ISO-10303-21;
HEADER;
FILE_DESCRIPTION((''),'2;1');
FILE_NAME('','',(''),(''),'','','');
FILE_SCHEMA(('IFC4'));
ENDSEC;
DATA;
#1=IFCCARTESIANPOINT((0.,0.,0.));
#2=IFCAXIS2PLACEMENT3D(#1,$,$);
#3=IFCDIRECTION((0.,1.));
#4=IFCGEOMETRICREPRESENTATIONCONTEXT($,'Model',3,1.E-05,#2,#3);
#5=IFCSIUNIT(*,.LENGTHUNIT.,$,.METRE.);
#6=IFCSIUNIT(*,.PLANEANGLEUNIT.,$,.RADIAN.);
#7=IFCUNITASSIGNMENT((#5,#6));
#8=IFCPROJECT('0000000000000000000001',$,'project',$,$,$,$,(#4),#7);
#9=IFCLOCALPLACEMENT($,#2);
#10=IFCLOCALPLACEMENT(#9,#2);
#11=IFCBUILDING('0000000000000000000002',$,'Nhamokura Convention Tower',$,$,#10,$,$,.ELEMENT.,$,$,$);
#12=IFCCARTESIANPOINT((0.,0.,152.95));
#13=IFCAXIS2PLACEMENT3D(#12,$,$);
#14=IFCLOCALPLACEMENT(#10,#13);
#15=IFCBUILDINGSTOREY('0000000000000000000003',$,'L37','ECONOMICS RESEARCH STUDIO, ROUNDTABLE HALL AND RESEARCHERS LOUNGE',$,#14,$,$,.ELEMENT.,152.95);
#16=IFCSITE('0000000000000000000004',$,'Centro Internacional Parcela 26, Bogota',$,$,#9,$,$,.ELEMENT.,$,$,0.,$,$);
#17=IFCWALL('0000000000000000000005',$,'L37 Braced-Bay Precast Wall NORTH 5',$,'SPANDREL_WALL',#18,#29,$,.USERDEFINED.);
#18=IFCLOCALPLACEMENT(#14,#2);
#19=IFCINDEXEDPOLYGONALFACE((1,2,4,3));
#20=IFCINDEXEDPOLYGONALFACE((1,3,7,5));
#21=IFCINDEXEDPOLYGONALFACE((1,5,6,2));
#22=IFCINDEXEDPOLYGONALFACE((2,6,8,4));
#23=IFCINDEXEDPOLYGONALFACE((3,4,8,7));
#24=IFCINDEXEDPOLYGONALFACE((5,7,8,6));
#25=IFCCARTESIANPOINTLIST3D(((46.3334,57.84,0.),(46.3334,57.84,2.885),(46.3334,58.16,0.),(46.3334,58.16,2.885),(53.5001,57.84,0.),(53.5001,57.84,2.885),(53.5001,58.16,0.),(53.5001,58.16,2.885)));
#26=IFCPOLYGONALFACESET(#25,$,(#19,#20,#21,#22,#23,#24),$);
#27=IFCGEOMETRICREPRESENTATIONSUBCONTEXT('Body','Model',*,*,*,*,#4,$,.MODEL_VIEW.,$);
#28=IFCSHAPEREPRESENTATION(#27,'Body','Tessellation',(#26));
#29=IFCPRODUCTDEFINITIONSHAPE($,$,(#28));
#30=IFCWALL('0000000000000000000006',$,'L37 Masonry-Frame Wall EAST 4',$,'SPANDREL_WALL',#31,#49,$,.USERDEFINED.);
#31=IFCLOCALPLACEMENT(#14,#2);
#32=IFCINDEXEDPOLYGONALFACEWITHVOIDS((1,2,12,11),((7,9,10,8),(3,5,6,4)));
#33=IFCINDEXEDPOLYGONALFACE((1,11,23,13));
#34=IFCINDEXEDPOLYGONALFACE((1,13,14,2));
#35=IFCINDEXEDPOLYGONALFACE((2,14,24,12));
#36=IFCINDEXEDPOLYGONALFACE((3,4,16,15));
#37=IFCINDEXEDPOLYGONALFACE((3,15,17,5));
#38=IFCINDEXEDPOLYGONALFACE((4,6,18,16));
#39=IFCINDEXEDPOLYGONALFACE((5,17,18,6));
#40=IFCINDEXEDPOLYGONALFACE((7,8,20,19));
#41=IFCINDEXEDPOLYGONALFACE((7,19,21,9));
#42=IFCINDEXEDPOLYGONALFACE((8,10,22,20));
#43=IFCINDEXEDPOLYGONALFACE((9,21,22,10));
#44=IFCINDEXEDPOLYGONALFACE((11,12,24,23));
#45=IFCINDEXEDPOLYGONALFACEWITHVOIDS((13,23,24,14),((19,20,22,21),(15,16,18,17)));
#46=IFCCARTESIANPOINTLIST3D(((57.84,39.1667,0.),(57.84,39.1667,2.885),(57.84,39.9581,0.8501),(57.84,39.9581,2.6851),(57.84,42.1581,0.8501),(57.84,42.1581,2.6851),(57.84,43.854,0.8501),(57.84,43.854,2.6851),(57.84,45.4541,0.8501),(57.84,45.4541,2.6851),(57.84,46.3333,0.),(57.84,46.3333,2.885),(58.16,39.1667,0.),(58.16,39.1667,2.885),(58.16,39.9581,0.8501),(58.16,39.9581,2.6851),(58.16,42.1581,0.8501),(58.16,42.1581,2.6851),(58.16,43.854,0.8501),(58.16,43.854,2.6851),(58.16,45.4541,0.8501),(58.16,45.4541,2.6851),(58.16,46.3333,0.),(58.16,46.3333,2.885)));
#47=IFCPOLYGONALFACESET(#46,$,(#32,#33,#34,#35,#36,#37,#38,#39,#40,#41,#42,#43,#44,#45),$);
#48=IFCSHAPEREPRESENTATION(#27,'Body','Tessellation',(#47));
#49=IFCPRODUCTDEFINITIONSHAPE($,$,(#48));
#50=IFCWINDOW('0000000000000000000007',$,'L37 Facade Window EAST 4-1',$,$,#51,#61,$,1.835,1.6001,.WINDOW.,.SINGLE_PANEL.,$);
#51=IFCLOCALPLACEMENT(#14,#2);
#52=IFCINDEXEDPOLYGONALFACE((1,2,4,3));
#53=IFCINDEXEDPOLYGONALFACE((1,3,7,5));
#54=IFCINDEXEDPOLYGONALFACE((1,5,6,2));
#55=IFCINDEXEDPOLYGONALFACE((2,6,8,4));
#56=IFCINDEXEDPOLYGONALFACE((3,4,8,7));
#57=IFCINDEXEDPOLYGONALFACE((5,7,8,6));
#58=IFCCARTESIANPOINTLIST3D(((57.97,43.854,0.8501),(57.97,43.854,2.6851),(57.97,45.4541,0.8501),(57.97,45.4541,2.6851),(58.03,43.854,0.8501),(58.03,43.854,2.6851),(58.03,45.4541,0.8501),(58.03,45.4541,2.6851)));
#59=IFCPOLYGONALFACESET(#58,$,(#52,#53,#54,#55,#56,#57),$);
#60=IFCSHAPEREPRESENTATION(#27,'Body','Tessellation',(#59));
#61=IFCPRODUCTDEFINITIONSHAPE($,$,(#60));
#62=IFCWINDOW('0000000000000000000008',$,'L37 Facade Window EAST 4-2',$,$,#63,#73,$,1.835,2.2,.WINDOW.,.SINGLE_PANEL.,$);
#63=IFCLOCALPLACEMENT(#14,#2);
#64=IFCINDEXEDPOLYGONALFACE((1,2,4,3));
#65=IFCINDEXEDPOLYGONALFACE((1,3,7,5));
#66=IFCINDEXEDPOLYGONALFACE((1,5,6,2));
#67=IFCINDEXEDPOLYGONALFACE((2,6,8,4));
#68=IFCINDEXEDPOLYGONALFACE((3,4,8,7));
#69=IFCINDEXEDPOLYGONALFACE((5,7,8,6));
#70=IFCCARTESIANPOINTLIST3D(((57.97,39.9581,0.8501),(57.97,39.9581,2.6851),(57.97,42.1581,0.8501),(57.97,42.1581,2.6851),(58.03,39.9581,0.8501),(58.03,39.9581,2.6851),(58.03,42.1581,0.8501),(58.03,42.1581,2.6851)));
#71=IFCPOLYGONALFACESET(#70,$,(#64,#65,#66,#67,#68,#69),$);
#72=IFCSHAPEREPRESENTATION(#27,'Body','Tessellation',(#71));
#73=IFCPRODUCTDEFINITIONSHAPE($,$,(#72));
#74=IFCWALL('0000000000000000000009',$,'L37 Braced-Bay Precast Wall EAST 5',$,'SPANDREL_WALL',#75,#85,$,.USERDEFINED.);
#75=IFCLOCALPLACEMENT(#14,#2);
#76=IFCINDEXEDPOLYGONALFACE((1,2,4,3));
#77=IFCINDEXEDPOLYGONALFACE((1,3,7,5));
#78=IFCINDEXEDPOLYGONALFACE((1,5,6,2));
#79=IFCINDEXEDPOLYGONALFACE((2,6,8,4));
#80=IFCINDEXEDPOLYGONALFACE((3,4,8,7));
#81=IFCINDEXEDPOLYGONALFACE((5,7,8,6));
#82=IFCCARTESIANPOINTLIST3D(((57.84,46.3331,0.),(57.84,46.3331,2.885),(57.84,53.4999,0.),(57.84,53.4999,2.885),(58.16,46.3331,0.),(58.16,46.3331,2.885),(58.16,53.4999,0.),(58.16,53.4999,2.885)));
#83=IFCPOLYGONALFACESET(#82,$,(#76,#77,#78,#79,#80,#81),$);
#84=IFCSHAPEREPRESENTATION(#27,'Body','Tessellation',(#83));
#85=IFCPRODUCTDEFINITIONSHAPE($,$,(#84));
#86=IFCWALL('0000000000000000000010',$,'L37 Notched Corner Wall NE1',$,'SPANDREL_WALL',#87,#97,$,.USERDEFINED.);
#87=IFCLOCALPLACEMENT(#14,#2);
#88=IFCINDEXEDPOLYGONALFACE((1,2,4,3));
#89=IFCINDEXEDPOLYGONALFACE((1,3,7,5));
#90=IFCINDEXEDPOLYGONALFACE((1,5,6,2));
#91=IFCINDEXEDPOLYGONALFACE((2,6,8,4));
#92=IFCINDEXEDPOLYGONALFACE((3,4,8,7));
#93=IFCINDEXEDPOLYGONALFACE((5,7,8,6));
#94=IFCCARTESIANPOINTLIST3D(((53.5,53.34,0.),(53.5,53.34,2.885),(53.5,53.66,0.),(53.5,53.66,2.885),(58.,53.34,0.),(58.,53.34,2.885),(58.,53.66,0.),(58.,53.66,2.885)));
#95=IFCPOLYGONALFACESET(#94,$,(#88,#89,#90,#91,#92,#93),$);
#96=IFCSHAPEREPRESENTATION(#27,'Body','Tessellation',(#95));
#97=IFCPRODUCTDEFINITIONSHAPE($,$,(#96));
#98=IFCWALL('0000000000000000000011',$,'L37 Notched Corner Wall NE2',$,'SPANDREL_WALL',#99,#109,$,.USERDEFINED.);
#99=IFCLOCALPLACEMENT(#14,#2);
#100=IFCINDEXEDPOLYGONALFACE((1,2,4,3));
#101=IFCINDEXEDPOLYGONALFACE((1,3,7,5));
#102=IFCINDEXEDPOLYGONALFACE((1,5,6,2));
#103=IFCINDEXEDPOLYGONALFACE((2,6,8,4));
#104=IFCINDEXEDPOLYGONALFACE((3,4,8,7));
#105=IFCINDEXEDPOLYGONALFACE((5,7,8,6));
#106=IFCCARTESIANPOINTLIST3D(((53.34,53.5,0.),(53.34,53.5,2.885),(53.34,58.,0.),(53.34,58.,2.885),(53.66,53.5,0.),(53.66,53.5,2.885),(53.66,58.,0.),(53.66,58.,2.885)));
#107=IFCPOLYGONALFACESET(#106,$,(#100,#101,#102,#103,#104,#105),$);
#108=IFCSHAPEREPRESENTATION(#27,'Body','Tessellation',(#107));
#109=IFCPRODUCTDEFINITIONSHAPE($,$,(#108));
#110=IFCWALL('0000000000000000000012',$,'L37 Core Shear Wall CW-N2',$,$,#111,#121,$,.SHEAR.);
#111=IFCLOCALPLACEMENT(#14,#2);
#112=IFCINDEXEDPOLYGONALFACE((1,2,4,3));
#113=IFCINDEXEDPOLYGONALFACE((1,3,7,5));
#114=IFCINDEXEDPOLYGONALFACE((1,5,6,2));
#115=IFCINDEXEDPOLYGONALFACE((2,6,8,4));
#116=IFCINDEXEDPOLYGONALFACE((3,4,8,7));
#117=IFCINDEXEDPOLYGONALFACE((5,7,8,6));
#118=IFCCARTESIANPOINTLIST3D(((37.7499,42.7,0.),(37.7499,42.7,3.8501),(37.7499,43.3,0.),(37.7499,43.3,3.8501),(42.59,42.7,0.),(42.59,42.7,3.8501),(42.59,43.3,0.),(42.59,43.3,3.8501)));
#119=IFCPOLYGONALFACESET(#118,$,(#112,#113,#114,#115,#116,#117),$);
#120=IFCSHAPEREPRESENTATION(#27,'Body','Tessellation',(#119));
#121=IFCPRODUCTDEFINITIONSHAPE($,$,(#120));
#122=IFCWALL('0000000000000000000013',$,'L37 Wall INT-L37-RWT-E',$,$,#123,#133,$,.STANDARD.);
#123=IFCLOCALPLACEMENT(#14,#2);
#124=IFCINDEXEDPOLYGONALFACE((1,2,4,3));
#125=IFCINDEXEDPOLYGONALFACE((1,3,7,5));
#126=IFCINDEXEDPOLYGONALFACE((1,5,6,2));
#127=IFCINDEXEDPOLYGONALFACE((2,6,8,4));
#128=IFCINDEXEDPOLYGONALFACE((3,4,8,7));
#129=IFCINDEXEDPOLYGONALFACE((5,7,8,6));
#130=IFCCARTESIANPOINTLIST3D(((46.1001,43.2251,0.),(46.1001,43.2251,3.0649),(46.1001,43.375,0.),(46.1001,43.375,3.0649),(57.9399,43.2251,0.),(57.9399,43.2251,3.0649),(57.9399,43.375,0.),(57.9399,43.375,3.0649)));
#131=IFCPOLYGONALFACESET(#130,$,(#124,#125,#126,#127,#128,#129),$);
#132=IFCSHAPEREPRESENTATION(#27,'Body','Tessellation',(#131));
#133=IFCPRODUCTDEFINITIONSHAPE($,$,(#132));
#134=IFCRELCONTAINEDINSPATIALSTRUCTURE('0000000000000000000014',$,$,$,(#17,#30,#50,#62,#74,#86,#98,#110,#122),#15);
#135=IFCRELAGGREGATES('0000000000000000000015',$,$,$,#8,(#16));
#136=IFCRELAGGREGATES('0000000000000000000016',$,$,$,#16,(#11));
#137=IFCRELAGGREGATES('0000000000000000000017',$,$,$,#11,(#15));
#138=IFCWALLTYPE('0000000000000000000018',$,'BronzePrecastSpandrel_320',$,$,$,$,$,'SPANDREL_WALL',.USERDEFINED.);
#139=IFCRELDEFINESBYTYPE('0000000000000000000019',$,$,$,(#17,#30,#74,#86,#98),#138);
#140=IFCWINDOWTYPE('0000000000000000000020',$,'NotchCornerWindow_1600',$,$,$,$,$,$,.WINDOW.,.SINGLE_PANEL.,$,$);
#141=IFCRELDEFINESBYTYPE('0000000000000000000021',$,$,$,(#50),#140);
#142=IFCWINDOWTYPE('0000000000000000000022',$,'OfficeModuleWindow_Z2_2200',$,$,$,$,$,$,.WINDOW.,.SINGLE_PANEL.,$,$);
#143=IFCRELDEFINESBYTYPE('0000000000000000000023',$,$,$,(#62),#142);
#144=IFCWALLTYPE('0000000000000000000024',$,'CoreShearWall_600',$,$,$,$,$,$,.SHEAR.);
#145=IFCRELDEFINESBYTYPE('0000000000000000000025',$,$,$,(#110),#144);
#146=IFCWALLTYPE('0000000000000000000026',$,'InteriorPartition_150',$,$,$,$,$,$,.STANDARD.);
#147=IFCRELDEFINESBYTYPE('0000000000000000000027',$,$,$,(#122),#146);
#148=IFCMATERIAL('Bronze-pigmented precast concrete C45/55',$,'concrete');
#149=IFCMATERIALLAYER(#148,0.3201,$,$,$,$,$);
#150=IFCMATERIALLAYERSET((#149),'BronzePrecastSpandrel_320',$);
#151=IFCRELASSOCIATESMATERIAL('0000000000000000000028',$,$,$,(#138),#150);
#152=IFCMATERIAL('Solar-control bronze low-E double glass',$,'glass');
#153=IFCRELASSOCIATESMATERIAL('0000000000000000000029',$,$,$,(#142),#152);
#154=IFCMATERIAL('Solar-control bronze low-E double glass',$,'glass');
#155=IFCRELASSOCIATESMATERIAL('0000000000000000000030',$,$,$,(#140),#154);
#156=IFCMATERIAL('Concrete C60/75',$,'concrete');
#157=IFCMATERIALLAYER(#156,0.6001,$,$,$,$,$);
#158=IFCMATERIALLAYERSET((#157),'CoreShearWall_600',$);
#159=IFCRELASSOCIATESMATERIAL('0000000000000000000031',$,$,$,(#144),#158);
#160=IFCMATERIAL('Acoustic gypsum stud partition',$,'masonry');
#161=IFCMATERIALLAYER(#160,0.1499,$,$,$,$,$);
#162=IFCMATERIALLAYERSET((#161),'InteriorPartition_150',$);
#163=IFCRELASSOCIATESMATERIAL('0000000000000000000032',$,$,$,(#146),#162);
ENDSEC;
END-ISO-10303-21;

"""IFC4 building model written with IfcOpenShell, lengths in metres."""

from ifc_helpers import new_model, si_unit, direction, frame, frame_2d, origin, place, context, subcontext, project, spatial, rectangle, extrude, material, layer, layer_set, type_object, element, fill, save


model = new_model("IFC4")

# Units and contexts
model_context = context("Model", 3, precision=1e-05, world=origin(), true_north=direction((0.0, 1.0)))
body_context = subcontext(model_context, "Body", "Model", "MODEL_VIEW")
ifc_project = project(units=[si_unit("LENGTHUNIT", "METRE"), si_unit("PLANEANGLEUNIT", "RADIAN")], contexts=[model_context])

# Site, building, storey
site_placement = place(None, origin())
site = spatial("IfcSite", under=ifc_project, at=site_placement, Name="Centro Internacional Parcela 26, Bogota", CompositionType="ELEMENT", RefElevation=0.0)
building_placement = place(site_placement, origin())
building = spatial("IfcBuilding", under=site, at=building_placement, Name="Nhamokura Convention Tower", CompositionType="ELEMENT")
storey_placement = place(building_placement, frame((0.0, 0.0, 152.95)))
storey = spatial("IfcBuildingStorey", under=building, at=storey_placement, Name="L37", Description="ECONOMICS RESEARCH STUDIO, ROUNDTABLE HALL AND RESEARCHERS LOUNGE", CompositionType="ELEMENT", Elevation=152.95)

# Shared definitions
ifc_material_1 = material(Name="Bronze-pigmented precast concrete C45/55", Category="concrete")
ifc_layer_1 = layer(ifc_material_1, 0.3201)
ifc_layer_set_1 = layer_set([ifc_layer_1], Name="BronzePrecastSpandrel_320")
wall_type_1 = type_object("IfcWallType", Name="BronzePrecastSpandrel_320", ElementType="SPANDREL_WALL", PredefinedType="USERDEFINED", material=ifc_layer_set_1)

# Shared definitions
ifc_material_2 = material(Name="Solar-control bronze low-E double glass", Category="glass")
window_type_1 = type_object("IfcWindowType", Name="OfficeModuleWindow_Z2_2200", PartitioningType="SINGLE_PANEL", PredefinedType="WINDOW", material=ifc_material_2)

# Wall
wall_1_placement = place(storey_placement, frame((46.3333, 58.0, 0.0), z_axis=(0.0, 0.0, 1.0), x_axis=(1.0, 0.0, 0.0)))
element("IfcWall", 1, at=wall_1_placement, inside=storey, type_object=wall_type_1, Name="L37 Braced-Bay Precast Wall NORTH 5", ObjectType="SPANDREL_WALL", PredefinedType="USERDEFINED", context=body_context, shape_type="SweptSolid", body=[
    extrude(rectangle(XDim=7.1667, YDim=0.3201, at=frame_2d((3.5835, 0.0))), origin(), (0.0, 0.0, 1.0), 2.885),
])

# Wall, openings, windows
wall_2_placement = place(storey_placement, frame((58.0, 46.3333, 0.0), z_axis=(0.0, 0.0, 1.0), x_axis=(0.0, -1.0, 0.0)))
wall_2 = element("IfcWall", 2, at=wall_2_placement, inside=storey, type_object=wall_type_1, Name="L37 Masonry-Frame Wall EAST 4", ObjectType="SPANDREL_WALL", PredefinedType="USERDEFINED", context=body_context, shape_type="SweptSolid", body=[
    extrude(rectangle(XDim=7.1665, YDim=0.3201, at=frame_2d((3.5833, 0.0))), origin(), (0.0, 0.0, 1.0), 2.885),
])
opening_1_placement = place(wall_2_placement, frame((0.8792, 0.0, 0.8501)))
opening_1 = element("IfcOpeningElement", 3, at=opening_1_placement, cuts=wall_2, PredefinedType="OPENING", context=body_context, shape_type="SweptSolid", body=[
    extrude(rectangle(XDim=1.6001, YDim=1.835, at=frame_2d((0.8, 0.9175))), frame((0.0, 0.1699, 0.0), z_axis=(0.0, -1.0, 0.0), x_axis=(1.0, 0.0, 0.0)), (0.0, 0.0, 1.0), 0.3401),
])
opening_2_placement = place(wall_2_placement, frame((4.175, 0.0, 0.8501)))
opening_2 = element("IfcOpeningElement", 4, at=opening_2_placement, cuts=wall_2, PredefinedType="OPENING", context=body_context, shape_type="SweptSolid", body=[
    extrude(rectangle(XDim=2.2, YDim=1.835, at=frame_2d((1.1001, 0.9175))), frame((0.0, 0.1699, 0.0), z_axis=(0.0, -1.0, 0.0), x_axis=(1.0, 0.0, 0.0)), (0.0, 0.0, 1.0), 0.3401),
])
ifc_material_3 = material(Name="Solar-control bronze low-E double glass", Category="glass")
window_type_2 = type_object("IfcWindowType", Name="NotchCornerWindow_1600", PartitioningType="SINGLE_PANEL", PredefinedType="WINDOW", material=ifc_material_3)
window_1_placement = place(opening_1_placement, origin())
window_1 = element("IfcWindow", 5, at=window_1_placement, inside=storey, type_object=window_type_2, Name="L37 Facade Window EAST 4-1", OverallHeight=1.835, OverallWidth=1.6001, PartitioningType="SINGLE_PANEL", PredefinedType="WINDOW", context=body_context, shape_type="SweptSolid", body=[
    extrude(rectangle(XDim=1.6001, YDim=1.835, at=frame_2d((0.8, 0.9175))), frame((0.0, 0.03, 0.0), z_axis=(0.0, -1.0, 0.0), x_axis=(1.0, 0.0, 0.0)), (0.0, 0.0, 1.0), 0.0601),
])
fill(opening_1, window_1)
window_2_placement = place(opening_2_placement, origin())
window_2 = element("IfcWindow", 6, at=window_2_placement, inside=storey, type_object=window_type_1, Name="L37 Facade Window EAST 4-2", OverallHeight=1.835, OverallWidth=2.2, PartitioningType="SINGLE_PANEL", PredefinedType="WINDOW", context=body_context, shape_type="SweptSolid", body=[
    extrude(rectangle(XDim=2.2, YDim=1.835, at=frame_2d((1.1001, 0.9175))), frame((0.0, 0.03, 0.0), z_axis=(0.0, -1.0, 0.0), x_axis=(1.0, 0.0, 0.0)), (0.0, 0.0, 1.0), 0.0601),
])
fill(opening_2, window_2)

# Walls
wall_3_placement = place(storey_placement, frame((58.0, 53.5, 0.0), z_axis=(0.0, 0.0, 1.0), x_axis=(0.0, -1.0, 0.0)))
element("IfcWall", 7, at=wall_3_placement, inside=storey, type_object=wall_type_1, Name="L37 Braced-Bay Precast Wall EAST 5", ObjectType="SPANDREL_WALL", PredefinedType="USERDEFINED", context=body_context, shape_type="SweptSolid", body=[
    extrude(rectangle(XDim=7.1667, YDim=0.3201, at=frame_2d((3.5835, 0.0))), origin(), (0.0, 0.0, 1.0), 2.885),
])
for number, where, z_axis, x_axis, name in (
    (8, (53.5, 53.5, 0.0), (0.0, 0.0, 1.0), (1.0, 0.0, 0.0), "L37 Notched Corner Wall NE1"),
    (9, (53.5, 58.0, 0.0), (0.0, 0.0, 1.0), (0.0, -1.0, 0.0), "L37 Notched Corner Wall NE2"),
):
    element("IfcWall", number, at=place(storey_placement, frame(where, z_axis=z_axis, x_axis=x_axis)), inside=storey, type_object=wall_type_1, Name=name, ObjectType="SPANDREL_WALL", PredefinedType="USERDEFINED", context=body_context, shape_type="SweptSolid", body=[
        extrude(rectangle(XDim=4.5, YDim=0.3201, at=frame_2d((2.25, 0.0))), origin(), (0.0, 0.0, 1.0), 2.885),
    ])
ifc_material_4 = material(Name="Concrete C60/75", Category="concrete")
ifc_layer_2 = layer(ifc_material_4, 0.6001)
ifc_layer_set_2 = layer_set([ifc_layer_2], Name="CoreShearWall_600")
wall_type_2 = type_object("IfcWallType", Name="CoreShearWall_600", PredefinedType="SHEAR", material=ifc_layer_set_2)
wall_4_placement = place(storey_placement, frame((37.75, 43.0, 0.0), z_axis=(0.0, 0.0, 1.0), x_axis=(1.0, 0.0, 0.0)))
element("IfcWall", 10, at=wall_4_placement, inside=storey, type_object=wall_type_2, Name="L37 Core Shear Wall CW-N2", PredefinedType="SHEAR", context=body_context, shape_type="SweptSolid", body=[
    extrude(rectangle(XDim=4.8401, YDim=0.6001, at=frame_2d((2.4199, 0.0))), origin(), (0.0, 0.0, 1.0), 3.8501),
])
ifc_material_5 = material(Name="Acoustic gypsum stud partition", Category="masonry")
ifc_layer_3 = layer(ifc_material_5, 0.1499)
ifc_layer_set_3 = layer_set([ifc_layer_3], Name="InteriorPartition_150")
wall_type_3 = type_object("IfcWallType", Name="InteriorPartition_150", PredefinedType="STANDARD", material=ifc_layer_set_3)
wall_5_placement = place(storey_placement, frame((46.1001, 43.3, 0.0), z_axis=(0.0, 0.0, 1.0), x_axis=(1.0, 0.0, 0.0)))
element("IfcWall", 11, at=wall_5_placement, inside=storey, type_object=wall_type_3, Name="L37 Wall INT-L37-RWT-E", PredefinedType="STANDARD", context=body_context, shape_type="SweptSolid", body=[
    extrude(rectangle(XDim=11.8398, YDim=0.1499, at=frame_2d((5.9199, 0.0))), origin(), (0.0, 0.0, 1.0), 3.0649),
])

save(model, "model.ifc")
